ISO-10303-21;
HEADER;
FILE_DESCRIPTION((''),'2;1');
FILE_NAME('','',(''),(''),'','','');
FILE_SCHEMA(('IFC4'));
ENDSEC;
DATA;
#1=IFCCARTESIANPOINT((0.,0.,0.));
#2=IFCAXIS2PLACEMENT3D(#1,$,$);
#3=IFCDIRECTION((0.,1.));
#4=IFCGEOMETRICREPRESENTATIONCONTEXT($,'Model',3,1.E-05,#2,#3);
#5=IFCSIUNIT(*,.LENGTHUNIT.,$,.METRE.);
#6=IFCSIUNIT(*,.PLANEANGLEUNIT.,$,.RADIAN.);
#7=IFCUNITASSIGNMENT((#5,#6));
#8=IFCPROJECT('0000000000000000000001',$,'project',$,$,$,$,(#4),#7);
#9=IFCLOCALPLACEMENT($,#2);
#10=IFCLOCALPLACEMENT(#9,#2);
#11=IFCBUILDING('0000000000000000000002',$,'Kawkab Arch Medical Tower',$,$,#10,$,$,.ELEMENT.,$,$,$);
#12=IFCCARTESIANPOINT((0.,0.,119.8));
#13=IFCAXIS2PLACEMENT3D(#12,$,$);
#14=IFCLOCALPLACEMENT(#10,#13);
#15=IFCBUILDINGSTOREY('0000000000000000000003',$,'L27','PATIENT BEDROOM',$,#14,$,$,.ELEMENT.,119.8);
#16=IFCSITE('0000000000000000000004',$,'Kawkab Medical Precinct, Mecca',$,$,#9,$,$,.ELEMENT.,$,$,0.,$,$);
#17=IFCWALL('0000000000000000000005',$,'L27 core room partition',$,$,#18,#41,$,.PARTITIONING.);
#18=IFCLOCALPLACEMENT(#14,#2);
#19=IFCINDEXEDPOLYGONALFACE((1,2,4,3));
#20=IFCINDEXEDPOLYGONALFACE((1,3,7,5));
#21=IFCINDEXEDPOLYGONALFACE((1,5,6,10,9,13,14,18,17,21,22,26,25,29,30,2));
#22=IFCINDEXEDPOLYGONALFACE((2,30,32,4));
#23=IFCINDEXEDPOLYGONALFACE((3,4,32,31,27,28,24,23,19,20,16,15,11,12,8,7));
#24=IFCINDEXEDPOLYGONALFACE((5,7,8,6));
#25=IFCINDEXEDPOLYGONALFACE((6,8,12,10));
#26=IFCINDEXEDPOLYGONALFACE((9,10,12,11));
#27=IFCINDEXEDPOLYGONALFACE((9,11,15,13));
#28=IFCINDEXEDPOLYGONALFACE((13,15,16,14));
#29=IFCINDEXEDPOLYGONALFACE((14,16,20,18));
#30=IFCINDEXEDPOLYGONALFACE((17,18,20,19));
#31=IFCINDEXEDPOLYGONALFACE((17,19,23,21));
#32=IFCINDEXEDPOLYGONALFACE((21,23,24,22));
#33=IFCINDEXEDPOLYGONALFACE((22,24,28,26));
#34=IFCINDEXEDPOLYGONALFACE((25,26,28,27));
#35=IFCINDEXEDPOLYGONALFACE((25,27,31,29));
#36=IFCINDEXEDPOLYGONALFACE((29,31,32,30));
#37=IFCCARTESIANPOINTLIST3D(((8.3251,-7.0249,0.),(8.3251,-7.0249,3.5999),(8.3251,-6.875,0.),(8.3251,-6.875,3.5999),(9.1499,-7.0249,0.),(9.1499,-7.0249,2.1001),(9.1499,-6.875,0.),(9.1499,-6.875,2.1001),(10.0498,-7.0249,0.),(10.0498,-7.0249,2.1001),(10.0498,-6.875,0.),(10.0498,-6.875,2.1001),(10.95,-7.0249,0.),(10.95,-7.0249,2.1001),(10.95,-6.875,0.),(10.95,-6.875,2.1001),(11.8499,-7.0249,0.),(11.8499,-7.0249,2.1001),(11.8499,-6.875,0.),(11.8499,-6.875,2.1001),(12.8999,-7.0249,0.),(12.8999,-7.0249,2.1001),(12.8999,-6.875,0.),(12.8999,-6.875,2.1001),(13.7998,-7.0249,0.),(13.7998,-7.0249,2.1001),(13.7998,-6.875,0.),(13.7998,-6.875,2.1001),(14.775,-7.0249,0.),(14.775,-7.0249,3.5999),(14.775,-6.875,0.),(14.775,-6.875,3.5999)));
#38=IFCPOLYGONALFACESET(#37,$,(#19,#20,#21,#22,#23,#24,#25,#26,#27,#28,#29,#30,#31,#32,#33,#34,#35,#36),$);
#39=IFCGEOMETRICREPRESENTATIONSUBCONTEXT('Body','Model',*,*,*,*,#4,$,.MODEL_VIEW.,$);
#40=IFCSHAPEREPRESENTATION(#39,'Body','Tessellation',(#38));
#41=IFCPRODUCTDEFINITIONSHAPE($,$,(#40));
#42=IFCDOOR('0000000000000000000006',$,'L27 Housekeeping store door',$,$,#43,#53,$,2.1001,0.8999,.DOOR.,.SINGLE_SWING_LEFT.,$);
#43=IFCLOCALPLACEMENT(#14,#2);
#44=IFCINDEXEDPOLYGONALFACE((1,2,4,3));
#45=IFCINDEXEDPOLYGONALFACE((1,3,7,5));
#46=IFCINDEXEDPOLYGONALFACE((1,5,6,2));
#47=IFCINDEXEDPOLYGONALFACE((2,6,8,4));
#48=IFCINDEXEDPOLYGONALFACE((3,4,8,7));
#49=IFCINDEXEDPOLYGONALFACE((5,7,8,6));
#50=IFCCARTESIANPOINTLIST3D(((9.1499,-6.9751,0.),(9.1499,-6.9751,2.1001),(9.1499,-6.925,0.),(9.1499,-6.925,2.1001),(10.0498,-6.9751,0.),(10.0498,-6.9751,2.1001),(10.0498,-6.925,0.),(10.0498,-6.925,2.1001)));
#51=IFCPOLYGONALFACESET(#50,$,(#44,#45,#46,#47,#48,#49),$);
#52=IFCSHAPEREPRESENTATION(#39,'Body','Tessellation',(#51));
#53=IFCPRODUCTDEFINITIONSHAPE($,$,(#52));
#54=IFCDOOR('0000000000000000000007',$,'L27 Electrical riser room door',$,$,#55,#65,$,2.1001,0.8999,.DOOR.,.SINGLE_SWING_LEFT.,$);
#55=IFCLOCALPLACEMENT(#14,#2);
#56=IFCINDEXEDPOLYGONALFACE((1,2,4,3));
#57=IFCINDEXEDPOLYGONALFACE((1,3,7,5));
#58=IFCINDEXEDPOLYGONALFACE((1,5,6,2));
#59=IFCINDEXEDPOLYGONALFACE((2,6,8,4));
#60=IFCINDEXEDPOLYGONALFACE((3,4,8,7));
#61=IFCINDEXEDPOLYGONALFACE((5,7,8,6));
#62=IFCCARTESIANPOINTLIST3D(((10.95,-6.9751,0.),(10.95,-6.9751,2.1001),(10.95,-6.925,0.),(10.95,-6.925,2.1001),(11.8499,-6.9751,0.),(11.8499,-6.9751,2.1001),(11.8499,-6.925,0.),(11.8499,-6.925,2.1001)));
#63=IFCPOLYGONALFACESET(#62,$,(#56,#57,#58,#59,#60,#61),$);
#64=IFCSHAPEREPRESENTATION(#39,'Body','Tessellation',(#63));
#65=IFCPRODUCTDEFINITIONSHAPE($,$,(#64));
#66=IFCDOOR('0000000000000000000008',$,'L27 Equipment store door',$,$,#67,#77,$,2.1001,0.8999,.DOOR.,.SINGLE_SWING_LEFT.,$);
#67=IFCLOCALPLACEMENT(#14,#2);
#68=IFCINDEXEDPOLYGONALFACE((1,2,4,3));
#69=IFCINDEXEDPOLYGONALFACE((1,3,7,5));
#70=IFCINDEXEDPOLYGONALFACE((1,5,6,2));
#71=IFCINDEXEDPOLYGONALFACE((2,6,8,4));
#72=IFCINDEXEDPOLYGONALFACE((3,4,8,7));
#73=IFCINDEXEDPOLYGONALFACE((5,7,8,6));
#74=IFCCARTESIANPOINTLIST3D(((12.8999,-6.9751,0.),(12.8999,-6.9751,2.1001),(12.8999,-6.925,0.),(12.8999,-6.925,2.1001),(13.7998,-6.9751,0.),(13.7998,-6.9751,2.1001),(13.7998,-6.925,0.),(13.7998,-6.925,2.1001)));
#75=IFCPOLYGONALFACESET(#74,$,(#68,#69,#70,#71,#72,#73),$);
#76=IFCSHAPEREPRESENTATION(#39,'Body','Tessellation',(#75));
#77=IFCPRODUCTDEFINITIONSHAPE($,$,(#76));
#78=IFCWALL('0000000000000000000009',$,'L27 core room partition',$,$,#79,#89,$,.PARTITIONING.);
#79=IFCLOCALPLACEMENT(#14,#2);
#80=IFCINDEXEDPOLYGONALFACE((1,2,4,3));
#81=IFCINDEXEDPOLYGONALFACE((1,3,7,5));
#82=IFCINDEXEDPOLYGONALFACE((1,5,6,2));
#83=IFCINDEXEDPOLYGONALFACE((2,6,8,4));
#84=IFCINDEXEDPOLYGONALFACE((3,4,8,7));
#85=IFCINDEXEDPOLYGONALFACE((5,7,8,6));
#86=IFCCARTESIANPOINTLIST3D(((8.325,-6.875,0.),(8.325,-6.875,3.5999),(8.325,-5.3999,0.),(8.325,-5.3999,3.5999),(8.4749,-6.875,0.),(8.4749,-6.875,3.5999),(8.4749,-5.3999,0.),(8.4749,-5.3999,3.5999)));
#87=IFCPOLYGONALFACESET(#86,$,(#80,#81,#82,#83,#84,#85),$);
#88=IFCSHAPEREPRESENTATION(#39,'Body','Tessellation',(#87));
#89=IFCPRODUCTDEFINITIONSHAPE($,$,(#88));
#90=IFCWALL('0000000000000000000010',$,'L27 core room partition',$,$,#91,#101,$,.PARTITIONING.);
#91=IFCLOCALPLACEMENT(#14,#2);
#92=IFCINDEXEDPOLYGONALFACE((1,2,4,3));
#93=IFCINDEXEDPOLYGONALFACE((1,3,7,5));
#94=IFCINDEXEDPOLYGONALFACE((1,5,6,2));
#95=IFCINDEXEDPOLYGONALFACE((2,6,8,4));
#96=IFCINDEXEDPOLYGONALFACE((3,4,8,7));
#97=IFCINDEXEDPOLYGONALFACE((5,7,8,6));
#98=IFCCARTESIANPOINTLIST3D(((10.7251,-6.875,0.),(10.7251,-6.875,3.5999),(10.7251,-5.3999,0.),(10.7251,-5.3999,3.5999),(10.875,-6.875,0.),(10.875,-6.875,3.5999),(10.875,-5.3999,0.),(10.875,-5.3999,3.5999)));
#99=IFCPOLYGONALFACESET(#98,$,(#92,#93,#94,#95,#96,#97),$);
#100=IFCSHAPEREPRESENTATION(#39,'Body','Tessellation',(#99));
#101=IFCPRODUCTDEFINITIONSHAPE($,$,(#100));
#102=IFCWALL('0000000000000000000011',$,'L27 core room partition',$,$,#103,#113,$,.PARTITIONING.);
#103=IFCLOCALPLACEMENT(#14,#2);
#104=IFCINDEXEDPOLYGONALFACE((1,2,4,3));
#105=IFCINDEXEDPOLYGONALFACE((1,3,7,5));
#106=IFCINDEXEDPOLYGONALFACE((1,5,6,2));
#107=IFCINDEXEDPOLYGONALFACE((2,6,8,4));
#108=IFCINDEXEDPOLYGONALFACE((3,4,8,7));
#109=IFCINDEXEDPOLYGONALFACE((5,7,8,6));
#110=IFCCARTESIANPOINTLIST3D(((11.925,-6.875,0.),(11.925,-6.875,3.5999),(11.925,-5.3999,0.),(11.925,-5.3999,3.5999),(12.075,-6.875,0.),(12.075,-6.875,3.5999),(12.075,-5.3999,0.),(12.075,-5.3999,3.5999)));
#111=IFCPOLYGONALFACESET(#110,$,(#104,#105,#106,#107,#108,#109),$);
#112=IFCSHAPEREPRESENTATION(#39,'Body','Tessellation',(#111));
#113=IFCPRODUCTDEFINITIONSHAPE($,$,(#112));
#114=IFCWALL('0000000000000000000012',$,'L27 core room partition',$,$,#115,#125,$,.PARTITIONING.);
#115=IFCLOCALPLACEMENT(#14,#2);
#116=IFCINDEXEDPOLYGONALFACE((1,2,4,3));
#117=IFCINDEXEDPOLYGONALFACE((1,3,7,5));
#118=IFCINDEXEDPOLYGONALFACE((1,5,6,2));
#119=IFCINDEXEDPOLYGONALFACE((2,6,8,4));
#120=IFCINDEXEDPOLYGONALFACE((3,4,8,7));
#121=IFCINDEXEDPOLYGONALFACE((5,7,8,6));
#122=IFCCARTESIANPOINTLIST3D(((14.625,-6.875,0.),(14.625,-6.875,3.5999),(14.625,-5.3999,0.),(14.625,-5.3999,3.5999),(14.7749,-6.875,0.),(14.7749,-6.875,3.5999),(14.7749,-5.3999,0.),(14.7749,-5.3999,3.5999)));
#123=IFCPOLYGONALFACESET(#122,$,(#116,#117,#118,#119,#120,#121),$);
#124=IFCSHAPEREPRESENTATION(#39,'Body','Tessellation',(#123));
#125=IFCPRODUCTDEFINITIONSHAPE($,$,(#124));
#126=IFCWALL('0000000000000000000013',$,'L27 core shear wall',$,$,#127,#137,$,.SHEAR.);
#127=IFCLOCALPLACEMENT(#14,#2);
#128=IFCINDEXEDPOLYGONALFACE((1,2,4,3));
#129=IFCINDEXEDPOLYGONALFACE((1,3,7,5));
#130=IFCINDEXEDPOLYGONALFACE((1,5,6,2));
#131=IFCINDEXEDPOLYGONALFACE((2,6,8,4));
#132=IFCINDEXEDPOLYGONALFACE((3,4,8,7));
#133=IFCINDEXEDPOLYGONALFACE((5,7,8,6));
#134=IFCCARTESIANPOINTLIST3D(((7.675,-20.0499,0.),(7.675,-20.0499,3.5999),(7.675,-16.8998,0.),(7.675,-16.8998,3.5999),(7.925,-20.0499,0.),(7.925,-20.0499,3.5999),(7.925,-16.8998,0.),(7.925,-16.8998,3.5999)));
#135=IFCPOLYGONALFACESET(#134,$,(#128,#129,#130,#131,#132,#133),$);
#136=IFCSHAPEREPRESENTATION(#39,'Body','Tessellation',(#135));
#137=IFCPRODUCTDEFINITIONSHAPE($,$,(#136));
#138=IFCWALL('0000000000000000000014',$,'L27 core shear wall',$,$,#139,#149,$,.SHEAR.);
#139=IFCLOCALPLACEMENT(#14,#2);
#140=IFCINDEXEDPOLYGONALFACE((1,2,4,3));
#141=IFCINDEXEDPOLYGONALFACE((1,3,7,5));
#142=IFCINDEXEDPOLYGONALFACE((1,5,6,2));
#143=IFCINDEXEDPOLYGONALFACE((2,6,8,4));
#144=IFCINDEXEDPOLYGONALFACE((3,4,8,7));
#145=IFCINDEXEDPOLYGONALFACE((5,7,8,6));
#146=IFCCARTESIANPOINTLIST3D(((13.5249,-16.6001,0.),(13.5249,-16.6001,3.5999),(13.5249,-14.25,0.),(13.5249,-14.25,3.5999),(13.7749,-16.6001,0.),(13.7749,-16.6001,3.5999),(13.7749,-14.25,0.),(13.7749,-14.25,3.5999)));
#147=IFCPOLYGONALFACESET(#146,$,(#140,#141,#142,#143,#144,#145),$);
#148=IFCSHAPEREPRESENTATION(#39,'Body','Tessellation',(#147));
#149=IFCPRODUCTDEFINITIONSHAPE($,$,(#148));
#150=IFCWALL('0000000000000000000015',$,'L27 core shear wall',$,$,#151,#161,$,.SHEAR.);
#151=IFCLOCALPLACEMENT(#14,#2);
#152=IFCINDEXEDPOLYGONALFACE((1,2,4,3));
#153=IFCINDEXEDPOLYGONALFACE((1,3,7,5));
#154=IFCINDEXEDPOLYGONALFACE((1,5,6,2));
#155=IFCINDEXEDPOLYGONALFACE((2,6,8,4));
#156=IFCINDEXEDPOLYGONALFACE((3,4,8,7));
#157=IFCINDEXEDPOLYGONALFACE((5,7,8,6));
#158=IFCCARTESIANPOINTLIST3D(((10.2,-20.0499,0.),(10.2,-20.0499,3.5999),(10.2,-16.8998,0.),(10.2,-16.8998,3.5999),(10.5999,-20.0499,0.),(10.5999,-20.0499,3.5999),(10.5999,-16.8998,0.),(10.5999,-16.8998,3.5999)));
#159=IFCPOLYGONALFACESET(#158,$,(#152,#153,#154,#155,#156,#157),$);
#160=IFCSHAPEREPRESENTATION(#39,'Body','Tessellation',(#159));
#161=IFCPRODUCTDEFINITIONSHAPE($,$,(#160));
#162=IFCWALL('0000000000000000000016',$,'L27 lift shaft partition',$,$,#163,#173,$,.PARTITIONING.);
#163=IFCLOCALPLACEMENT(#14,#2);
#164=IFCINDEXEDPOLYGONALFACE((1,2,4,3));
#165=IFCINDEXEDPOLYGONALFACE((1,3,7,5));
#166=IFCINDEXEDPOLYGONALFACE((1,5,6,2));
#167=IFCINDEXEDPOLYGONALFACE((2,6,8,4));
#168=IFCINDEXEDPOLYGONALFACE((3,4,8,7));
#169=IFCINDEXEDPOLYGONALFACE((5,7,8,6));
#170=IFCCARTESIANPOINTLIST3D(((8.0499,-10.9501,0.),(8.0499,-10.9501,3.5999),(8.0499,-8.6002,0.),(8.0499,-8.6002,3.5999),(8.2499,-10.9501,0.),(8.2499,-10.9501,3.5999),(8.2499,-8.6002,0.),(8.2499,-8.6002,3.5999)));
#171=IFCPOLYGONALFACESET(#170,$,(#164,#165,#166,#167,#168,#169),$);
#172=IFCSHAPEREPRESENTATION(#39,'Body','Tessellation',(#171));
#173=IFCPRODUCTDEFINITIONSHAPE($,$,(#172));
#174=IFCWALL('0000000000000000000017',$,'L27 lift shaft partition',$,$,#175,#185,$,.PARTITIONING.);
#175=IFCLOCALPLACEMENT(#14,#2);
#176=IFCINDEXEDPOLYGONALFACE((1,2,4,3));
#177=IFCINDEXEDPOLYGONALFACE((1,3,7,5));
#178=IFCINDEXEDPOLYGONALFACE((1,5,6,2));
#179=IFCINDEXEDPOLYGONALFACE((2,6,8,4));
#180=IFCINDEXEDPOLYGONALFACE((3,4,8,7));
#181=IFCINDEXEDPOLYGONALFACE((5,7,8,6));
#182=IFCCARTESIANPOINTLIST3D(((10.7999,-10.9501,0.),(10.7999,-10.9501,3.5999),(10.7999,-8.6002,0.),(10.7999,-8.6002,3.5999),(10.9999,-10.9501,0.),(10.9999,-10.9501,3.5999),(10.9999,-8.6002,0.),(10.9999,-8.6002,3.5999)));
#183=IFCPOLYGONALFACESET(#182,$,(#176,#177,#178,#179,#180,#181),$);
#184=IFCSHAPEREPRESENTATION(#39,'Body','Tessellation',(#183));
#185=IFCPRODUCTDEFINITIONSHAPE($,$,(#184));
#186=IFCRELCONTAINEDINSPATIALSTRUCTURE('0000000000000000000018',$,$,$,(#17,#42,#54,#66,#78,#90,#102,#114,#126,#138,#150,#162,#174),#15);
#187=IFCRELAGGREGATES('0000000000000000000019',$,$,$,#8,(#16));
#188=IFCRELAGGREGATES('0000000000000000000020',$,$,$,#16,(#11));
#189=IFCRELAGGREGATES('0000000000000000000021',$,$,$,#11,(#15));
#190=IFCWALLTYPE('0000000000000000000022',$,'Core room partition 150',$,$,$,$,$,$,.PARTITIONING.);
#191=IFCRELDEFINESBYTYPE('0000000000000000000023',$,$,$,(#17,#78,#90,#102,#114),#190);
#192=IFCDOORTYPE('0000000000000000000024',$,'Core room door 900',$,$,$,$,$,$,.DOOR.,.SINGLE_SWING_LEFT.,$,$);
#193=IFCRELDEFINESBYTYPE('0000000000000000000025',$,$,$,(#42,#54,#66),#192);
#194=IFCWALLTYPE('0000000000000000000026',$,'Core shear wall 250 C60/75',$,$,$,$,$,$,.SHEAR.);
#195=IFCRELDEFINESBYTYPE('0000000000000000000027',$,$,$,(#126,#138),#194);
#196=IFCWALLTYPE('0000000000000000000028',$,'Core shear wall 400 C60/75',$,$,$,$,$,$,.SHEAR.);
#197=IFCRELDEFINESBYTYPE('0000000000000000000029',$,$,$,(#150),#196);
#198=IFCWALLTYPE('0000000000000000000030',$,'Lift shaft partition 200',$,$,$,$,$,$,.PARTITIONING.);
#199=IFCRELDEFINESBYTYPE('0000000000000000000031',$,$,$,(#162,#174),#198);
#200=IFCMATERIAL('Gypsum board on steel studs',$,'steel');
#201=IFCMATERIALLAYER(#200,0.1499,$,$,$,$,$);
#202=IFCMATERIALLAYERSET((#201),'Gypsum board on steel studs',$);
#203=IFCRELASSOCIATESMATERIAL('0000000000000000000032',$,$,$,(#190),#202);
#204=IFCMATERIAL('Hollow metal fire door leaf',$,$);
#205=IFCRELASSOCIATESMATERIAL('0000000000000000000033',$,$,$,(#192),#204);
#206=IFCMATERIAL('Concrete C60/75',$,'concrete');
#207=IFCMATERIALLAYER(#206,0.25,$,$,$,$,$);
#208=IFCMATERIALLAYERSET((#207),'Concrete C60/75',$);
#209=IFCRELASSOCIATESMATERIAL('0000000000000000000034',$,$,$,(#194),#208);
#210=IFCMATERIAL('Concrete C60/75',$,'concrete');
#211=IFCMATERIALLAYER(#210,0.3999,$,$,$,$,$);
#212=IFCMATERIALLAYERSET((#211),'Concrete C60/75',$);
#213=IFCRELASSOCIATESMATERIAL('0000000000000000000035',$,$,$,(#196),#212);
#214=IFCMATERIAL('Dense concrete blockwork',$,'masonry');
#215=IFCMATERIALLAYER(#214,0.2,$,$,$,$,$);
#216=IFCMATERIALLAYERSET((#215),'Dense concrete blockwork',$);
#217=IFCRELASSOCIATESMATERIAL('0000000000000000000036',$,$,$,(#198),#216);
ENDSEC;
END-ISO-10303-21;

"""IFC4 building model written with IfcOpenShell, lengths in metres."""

from ifc_helpers import new_model, si_unit, direction, frame, frame_2d, origin, place, context, subcontext, project, spatial, rectangle, extrude, material, layer, layer_set, type_object, element, fill, save


model = new_model("IFC4")

# Units and contexts
model_context = context("Model", 3, precision=1e-05, world=origin(), true_north=direction((0.0, 1.0)))
body_context = subcontext(model_context, "Body", "Model", "MODEL_VIEW")
ifc_project = project(units=[si_unit("LENGTHUNIT", "METRE"), si_unit("PLANEANGLEUNIT", "RADIAN")], contexts=[model_context])

# Site, building, storey
site_placement = place(None, origin())
site = spatial("IfcSite", under=ifc_project, at=site_placement, Name="Kawkab Medical Precinct, Mecca", CompositionType="ELEMENT", RefElevation=0.0)
building_placement = place(site_placement, origin())
building = spatial("IfcBuilding", under=site, at=building_placement, Name="Kawkab Arch Medical Tower", CompositionType="ELEMENT")
storey_placement = place(building_placement, frame((0.0, 0.0, 119.8)))
storey = spatial("IfcBuildingStorey", under=building, at=storey_placement, Name="L27", Description="PATIENT BEDROOM", CompositionType="ELEMENT", Elevation=119.8)

# Wall, openings, doors
ifc_material_1 = material(Name="Gypsum board on steel studs", Category="steel")
ifc_layer_1 = layer(ifc_material_1, 0.1499)
ifc_layer_set_1 = layer_set([ifc_layer_1], Name="Gypsum board on steel studs")
wall_type_1 = type_object("IfcWallType", Name="Core room partition 150", PredefinedType="PARTITIONING", material=ifc_layer_set_1)
wall_1_placement = place(storey_placement, frame((8.325, -6.95, 0.0), z_axis=(0.0, 0.0, 1.0), x_axis=(1.0, 0.0, 0.0)))
wall_1 = element("IfcWall", 1, at=wall_1_placement, inside=storey, type_object=wall_type_1, Name="L27 core room partition", PredefinedType="PARTITIONING", context=body_context, shape_type="SweptSolid", body=[
    extrude(rectangle(XDim=6.45, YDim=0.1499, at=frame_2d((3.2251, 0.0))), origin(), (0.0, 0.0, 1.0), 3.5999),
])
opening_1_placement = place(wall_1_placement, frame((0.825, 0.0, 0.0)))
opening_1 = element("IfcOpeningElement", 2, at=opening_1_placement, cuts=wall_1, PredefinedType="OPENING", context=body_context, shape_type="SweptSolid", body=[
    extrude(rectangle(XDim=0.8999, YDim=2.1001, at=frame_2d((0.45, 1.05))), frame((0.0, 0.085, 0.0), z_axis=(0.0, -1.0, 0.0), x_axis=(1.0, 0.0, 0.0)), (0.0, 0.0, 1.0), 0.1699),
])
opening_2_placement = place(wall_1_placement, frame((2.625, 0.0, 0.0)))
opening_2 = element("IfcOpeningElement", 3, at=opening_2_placement, cuts=wall_1, PredefinedType="OPENING", context=body_context, shape_type="SweptSolid", body=[
    extrude(rectangle(XDim=0.8999, YDim=2.1001, at=frame_2d((0.45, 1.05))), frame((0.0, 0.085, 0.0), z_axis=(0.0, -1.0, 0.0), x_axis=(1.0, 0.0, 0.0)), (0.0, 0.0, 1.0), 0.1699),
])
opening_3_placement = place(wall_1_placement, frame((4.575, 0.0, 0.0)))
opening_3 = element("IfcOpeningElement", 4, at=opening_3_placement, cuts=wall_1, PredefinedType="OPENING", context=body_context, shape_type="SweptSolid", body=[
    extrude(rectangle(XDim=0.8999, YDim=2.1001, at=frame_2d((0.45, 1.05))), frame((0.0, 0.085, 0.0), z_axis=(0.0, -1.0, 0.0), x_axis=(1.0, 0.0, 0.0)), (0.0, 0.0, 1.0), 0.1699),
])
ifc_material_2 = material(Name="Hollow metal fire door leaf")
door_type = type_object("IfcDoorType", Name="Core room door 900", OperationType="SINGLE_SWING_LEFT", PredefinedType="DOOR", material=ifc_material_2)
door_1_placement = place(opening_1_placement, origin())
door_1 = element("IfcDoor", 5, at=door_1_placement, inside=storey, type_object=door_type, Name="L27 Housekeeping store door", OperationType="SINGLE_SWING_LEFT", OverallHeight=2.1001, OverallWidth=0.8999, PredefinedType="DOOR", context=body_context, shape_type="SweptSolid", body=[
    extrude(rectangle(XDim=0.8999, YDim=2.1001, at=frame_2d((0.45, 1.05))), frame((0.0, 0.0249, 0.0), z_axis=(0.0, -1.0, 0.0), x_axis=(1.0, 0.0, 0.0)), (0.0, 0.0, 1.0), 0.05),
])
fill(opening_1, door_1)
door_2_placement = place(opening_2_placement, origin())
door_2 = element("IfcDoor", 6, at=door_2_placement, inside=storey, type_object=door_type, Name="L27 Electrical riser room door", OperationType="SINGLE_SWING_LEFT", OverallHeight=2.1001, OverallWidth=0.8999, PredefinedType="DOOR", context=body_context, shape_type="SweptSolid", body=[
    extrude(rectangle(XDim=0.8999, YDim=2.1001, at=frame_2d((0.45, 1.05))), frame((0.0, 0.0249, 0.0), z_axis=(0.0, -1.0, 0.0), x_axis=(1.0, 0.0, 0.0)), (0.0, 0.0, 1.0), 0.05),
])
fill(opening_2, door_2)
door_3_placement = place(opening_3_placement, origin())
door_3 = element("IfcDoor", 7, at=door_3_placement, inside=storey, type_object=door_type, Name="L27 Equipment store door", OperationType="SINGLE_SWING_LEFT", OverallHeight=2.1001, OverallWidth=0.8999, PredefinedType="DOOR", context=body_context, shape_type="SweptSolid", body=[
    extrude(rectangle(XDim=0.8999, YDim=2.1001, at=frame_2d((0.45, 1.05))), frame((0.0, 0.0249, 0.0), z_axis=(0.0, -1.0, 0.0), x_axis=(1.0, 0.0, 0.0)), (0.0, 0.0, 1.0), 0.05),
])
fill(opening_3, door_3)

# Walls
for number, where, z_axis, x_axis, name in (
    (8, (8.3999, -6.875, 0.0), (0.0, 0.0, 1.0), (0.0, 1.0, 0.0), "L27 core room partition"),
    (9, (10.8, -6.875, 0.0), (0.0, 0.0, 1.0), (0.0, 1.0, 0.0), "L27 core room partition"),
    (10, (12.0, -6.875, 0.0), (0.0, 0.0, 1.0), (0.0, 1.0, 0.0), "L27 core room partition"),
    (11, (14.7, -6.875, 0.0), (0.0, 0.0, 1.0), (0.0, 1.0, 0.0), "L27 core room partition"),
):
    element("IfcWall", number, at=place(storey_placement, frame(where, z_axis=z_axis, x_axis=x_axis)), inside=storey, type_object=wall_type_1, Name=name, PredefinedType="PARTITIONING", context=body_context, shape_type="SweptSolid", body=[
        extrude(rectangle(XDim=1.4751, YDim=0.1499, at=frame_2d((0.7375, 0.0))), origin(), (0.0, 0.0, 1.0), 3.5999),
    ])
ifc_material_3 = material(Name="Concrete C60/75", Category="concrete")
ifc_layer_2 = layer(ifc_material_3, 0.25)
ifc_layer_set_2 = layer_set([ifc_layer_2], Name="Concrete C60/75")
wall_type_2 = type_object("IfcWallType", Name="Core shear wall 250 C60/75", PredefinedType="SHEAR", material=ifc_layer_set_2)
wall_2_placement = place(storey_placement, frame((7.8, -20.05, 0.0), z_axis=(0.0, 0.0, 1.0), x_axis=(0.0, 1.0, 0.0)))
element("IfcWall", 12, at=wall_2_placement, inside=storey, type_object=wall_type_2, Name="L27 core shear wall", PredefinedType="SHEAR", context=body_context, shape_type="SweptSolid", body=[
    extrude(rectangle(XDim=3.1501, YDim=0.25, at=frame_2d((1.5752, 0.0))), origin(), (0.0, 0.0, 1.0), 3.5999),
])
wall_3_placement = place(storey_placement, frame((13.6499, -16.6001, 0.0), z_axis=(0.0, 0.0, 1.0), x_axis=(0.0, 1.0, 0.0)))
element("IfcWall", 13, at=wall_3_placement, inside=storey, type_object=wall_type_2, Name="L27 core shear wall", PredefinedType="SHEAR", context=body_context, shape_type="SweptSolid", body=[
    extrude(rectangle(XDim=2.3501, YDim=0.25, at=frame_2d((1.175, 0.0))), origin(), (0.0, 0.0, 1.0), 3.5999),
])
ifc_material_4 = material(Name="Concrete C60/75", Category="concrete")
ifc_layer_3 = layer(ifc_material_4, 0.3999)
ifc_layer_set_3 = layer_set([ifc_layer_3], Name="Concrete C60/75")
wall_type_3 = type_object("IfcWallType", Name="Core shear wall 400 C60/75", PredefinedType="SHEAR", material=ifc_layer_set_3)
wall_4_placement = place(storey_placement, frame((10.3999, -20.05, 0.0), z_axis=(0.0, 0.0, 1.0), x_axis=(0.0, 1.0, 0.0)))
element("IfcWall", 14, at=wall_4_placement, inside=storey, type_object=wall_type_3, Name="L27 core shear wall", PredefinedType="SHEAR", context=body_context, shape_type="SweptSolid", body=[
    extrude(rectangle(XDim=3.1501, YDim=0.3999, at=frame_2d((1.5752, 0.0))), origin(), (0.0, 0.0, 1.0), 3.5999),
])
ifc_material_5 = material(Name="Dense concrete blockwork", Category="masonry")
ifc_layer_4 = layer(ifc_material_5, 0.2)
ifc_layer_set_4 = layer_set([ifc_layer_4], Name="Dense concrete blockwork")
wall_type_4 = type_object("IfcWallType", Name="Lift shaft partition 200", PredefinedType="PARTITIONING", material=ifc_layer_set_4)
for number, where, z_axis, x_axis, name in (
    (15, (8.1499, -10.95, 0.0), (0.0, 0.0, 1.0), (0.0, 1.0, 0.0), "L27 lift shaft partition"),
    (16, (10.8999, -10.95, 0.0), (0.0, 0.0, 1.0), (0.0, 1.0, 0.0), "L27 lift shaft partition"),
):
    element("IfcWall", number, at=place(storey_placement, frame(where, z_axis=z_axis, x_axis=x_axis)), inside=storey, type_object=wall_type_4, Name=name, PredefinedType="PARTITIONING", context=body_context, shape_type="SweptSolid", body=[
        extrude(rectangle(XDim=2.3499, YDim=0.2, at=frame_2d((1.1748, 0.0))), origin(), (0.0, 0.0, 1.0), 3.5999),
    ])

save(model, "model.ifc")
